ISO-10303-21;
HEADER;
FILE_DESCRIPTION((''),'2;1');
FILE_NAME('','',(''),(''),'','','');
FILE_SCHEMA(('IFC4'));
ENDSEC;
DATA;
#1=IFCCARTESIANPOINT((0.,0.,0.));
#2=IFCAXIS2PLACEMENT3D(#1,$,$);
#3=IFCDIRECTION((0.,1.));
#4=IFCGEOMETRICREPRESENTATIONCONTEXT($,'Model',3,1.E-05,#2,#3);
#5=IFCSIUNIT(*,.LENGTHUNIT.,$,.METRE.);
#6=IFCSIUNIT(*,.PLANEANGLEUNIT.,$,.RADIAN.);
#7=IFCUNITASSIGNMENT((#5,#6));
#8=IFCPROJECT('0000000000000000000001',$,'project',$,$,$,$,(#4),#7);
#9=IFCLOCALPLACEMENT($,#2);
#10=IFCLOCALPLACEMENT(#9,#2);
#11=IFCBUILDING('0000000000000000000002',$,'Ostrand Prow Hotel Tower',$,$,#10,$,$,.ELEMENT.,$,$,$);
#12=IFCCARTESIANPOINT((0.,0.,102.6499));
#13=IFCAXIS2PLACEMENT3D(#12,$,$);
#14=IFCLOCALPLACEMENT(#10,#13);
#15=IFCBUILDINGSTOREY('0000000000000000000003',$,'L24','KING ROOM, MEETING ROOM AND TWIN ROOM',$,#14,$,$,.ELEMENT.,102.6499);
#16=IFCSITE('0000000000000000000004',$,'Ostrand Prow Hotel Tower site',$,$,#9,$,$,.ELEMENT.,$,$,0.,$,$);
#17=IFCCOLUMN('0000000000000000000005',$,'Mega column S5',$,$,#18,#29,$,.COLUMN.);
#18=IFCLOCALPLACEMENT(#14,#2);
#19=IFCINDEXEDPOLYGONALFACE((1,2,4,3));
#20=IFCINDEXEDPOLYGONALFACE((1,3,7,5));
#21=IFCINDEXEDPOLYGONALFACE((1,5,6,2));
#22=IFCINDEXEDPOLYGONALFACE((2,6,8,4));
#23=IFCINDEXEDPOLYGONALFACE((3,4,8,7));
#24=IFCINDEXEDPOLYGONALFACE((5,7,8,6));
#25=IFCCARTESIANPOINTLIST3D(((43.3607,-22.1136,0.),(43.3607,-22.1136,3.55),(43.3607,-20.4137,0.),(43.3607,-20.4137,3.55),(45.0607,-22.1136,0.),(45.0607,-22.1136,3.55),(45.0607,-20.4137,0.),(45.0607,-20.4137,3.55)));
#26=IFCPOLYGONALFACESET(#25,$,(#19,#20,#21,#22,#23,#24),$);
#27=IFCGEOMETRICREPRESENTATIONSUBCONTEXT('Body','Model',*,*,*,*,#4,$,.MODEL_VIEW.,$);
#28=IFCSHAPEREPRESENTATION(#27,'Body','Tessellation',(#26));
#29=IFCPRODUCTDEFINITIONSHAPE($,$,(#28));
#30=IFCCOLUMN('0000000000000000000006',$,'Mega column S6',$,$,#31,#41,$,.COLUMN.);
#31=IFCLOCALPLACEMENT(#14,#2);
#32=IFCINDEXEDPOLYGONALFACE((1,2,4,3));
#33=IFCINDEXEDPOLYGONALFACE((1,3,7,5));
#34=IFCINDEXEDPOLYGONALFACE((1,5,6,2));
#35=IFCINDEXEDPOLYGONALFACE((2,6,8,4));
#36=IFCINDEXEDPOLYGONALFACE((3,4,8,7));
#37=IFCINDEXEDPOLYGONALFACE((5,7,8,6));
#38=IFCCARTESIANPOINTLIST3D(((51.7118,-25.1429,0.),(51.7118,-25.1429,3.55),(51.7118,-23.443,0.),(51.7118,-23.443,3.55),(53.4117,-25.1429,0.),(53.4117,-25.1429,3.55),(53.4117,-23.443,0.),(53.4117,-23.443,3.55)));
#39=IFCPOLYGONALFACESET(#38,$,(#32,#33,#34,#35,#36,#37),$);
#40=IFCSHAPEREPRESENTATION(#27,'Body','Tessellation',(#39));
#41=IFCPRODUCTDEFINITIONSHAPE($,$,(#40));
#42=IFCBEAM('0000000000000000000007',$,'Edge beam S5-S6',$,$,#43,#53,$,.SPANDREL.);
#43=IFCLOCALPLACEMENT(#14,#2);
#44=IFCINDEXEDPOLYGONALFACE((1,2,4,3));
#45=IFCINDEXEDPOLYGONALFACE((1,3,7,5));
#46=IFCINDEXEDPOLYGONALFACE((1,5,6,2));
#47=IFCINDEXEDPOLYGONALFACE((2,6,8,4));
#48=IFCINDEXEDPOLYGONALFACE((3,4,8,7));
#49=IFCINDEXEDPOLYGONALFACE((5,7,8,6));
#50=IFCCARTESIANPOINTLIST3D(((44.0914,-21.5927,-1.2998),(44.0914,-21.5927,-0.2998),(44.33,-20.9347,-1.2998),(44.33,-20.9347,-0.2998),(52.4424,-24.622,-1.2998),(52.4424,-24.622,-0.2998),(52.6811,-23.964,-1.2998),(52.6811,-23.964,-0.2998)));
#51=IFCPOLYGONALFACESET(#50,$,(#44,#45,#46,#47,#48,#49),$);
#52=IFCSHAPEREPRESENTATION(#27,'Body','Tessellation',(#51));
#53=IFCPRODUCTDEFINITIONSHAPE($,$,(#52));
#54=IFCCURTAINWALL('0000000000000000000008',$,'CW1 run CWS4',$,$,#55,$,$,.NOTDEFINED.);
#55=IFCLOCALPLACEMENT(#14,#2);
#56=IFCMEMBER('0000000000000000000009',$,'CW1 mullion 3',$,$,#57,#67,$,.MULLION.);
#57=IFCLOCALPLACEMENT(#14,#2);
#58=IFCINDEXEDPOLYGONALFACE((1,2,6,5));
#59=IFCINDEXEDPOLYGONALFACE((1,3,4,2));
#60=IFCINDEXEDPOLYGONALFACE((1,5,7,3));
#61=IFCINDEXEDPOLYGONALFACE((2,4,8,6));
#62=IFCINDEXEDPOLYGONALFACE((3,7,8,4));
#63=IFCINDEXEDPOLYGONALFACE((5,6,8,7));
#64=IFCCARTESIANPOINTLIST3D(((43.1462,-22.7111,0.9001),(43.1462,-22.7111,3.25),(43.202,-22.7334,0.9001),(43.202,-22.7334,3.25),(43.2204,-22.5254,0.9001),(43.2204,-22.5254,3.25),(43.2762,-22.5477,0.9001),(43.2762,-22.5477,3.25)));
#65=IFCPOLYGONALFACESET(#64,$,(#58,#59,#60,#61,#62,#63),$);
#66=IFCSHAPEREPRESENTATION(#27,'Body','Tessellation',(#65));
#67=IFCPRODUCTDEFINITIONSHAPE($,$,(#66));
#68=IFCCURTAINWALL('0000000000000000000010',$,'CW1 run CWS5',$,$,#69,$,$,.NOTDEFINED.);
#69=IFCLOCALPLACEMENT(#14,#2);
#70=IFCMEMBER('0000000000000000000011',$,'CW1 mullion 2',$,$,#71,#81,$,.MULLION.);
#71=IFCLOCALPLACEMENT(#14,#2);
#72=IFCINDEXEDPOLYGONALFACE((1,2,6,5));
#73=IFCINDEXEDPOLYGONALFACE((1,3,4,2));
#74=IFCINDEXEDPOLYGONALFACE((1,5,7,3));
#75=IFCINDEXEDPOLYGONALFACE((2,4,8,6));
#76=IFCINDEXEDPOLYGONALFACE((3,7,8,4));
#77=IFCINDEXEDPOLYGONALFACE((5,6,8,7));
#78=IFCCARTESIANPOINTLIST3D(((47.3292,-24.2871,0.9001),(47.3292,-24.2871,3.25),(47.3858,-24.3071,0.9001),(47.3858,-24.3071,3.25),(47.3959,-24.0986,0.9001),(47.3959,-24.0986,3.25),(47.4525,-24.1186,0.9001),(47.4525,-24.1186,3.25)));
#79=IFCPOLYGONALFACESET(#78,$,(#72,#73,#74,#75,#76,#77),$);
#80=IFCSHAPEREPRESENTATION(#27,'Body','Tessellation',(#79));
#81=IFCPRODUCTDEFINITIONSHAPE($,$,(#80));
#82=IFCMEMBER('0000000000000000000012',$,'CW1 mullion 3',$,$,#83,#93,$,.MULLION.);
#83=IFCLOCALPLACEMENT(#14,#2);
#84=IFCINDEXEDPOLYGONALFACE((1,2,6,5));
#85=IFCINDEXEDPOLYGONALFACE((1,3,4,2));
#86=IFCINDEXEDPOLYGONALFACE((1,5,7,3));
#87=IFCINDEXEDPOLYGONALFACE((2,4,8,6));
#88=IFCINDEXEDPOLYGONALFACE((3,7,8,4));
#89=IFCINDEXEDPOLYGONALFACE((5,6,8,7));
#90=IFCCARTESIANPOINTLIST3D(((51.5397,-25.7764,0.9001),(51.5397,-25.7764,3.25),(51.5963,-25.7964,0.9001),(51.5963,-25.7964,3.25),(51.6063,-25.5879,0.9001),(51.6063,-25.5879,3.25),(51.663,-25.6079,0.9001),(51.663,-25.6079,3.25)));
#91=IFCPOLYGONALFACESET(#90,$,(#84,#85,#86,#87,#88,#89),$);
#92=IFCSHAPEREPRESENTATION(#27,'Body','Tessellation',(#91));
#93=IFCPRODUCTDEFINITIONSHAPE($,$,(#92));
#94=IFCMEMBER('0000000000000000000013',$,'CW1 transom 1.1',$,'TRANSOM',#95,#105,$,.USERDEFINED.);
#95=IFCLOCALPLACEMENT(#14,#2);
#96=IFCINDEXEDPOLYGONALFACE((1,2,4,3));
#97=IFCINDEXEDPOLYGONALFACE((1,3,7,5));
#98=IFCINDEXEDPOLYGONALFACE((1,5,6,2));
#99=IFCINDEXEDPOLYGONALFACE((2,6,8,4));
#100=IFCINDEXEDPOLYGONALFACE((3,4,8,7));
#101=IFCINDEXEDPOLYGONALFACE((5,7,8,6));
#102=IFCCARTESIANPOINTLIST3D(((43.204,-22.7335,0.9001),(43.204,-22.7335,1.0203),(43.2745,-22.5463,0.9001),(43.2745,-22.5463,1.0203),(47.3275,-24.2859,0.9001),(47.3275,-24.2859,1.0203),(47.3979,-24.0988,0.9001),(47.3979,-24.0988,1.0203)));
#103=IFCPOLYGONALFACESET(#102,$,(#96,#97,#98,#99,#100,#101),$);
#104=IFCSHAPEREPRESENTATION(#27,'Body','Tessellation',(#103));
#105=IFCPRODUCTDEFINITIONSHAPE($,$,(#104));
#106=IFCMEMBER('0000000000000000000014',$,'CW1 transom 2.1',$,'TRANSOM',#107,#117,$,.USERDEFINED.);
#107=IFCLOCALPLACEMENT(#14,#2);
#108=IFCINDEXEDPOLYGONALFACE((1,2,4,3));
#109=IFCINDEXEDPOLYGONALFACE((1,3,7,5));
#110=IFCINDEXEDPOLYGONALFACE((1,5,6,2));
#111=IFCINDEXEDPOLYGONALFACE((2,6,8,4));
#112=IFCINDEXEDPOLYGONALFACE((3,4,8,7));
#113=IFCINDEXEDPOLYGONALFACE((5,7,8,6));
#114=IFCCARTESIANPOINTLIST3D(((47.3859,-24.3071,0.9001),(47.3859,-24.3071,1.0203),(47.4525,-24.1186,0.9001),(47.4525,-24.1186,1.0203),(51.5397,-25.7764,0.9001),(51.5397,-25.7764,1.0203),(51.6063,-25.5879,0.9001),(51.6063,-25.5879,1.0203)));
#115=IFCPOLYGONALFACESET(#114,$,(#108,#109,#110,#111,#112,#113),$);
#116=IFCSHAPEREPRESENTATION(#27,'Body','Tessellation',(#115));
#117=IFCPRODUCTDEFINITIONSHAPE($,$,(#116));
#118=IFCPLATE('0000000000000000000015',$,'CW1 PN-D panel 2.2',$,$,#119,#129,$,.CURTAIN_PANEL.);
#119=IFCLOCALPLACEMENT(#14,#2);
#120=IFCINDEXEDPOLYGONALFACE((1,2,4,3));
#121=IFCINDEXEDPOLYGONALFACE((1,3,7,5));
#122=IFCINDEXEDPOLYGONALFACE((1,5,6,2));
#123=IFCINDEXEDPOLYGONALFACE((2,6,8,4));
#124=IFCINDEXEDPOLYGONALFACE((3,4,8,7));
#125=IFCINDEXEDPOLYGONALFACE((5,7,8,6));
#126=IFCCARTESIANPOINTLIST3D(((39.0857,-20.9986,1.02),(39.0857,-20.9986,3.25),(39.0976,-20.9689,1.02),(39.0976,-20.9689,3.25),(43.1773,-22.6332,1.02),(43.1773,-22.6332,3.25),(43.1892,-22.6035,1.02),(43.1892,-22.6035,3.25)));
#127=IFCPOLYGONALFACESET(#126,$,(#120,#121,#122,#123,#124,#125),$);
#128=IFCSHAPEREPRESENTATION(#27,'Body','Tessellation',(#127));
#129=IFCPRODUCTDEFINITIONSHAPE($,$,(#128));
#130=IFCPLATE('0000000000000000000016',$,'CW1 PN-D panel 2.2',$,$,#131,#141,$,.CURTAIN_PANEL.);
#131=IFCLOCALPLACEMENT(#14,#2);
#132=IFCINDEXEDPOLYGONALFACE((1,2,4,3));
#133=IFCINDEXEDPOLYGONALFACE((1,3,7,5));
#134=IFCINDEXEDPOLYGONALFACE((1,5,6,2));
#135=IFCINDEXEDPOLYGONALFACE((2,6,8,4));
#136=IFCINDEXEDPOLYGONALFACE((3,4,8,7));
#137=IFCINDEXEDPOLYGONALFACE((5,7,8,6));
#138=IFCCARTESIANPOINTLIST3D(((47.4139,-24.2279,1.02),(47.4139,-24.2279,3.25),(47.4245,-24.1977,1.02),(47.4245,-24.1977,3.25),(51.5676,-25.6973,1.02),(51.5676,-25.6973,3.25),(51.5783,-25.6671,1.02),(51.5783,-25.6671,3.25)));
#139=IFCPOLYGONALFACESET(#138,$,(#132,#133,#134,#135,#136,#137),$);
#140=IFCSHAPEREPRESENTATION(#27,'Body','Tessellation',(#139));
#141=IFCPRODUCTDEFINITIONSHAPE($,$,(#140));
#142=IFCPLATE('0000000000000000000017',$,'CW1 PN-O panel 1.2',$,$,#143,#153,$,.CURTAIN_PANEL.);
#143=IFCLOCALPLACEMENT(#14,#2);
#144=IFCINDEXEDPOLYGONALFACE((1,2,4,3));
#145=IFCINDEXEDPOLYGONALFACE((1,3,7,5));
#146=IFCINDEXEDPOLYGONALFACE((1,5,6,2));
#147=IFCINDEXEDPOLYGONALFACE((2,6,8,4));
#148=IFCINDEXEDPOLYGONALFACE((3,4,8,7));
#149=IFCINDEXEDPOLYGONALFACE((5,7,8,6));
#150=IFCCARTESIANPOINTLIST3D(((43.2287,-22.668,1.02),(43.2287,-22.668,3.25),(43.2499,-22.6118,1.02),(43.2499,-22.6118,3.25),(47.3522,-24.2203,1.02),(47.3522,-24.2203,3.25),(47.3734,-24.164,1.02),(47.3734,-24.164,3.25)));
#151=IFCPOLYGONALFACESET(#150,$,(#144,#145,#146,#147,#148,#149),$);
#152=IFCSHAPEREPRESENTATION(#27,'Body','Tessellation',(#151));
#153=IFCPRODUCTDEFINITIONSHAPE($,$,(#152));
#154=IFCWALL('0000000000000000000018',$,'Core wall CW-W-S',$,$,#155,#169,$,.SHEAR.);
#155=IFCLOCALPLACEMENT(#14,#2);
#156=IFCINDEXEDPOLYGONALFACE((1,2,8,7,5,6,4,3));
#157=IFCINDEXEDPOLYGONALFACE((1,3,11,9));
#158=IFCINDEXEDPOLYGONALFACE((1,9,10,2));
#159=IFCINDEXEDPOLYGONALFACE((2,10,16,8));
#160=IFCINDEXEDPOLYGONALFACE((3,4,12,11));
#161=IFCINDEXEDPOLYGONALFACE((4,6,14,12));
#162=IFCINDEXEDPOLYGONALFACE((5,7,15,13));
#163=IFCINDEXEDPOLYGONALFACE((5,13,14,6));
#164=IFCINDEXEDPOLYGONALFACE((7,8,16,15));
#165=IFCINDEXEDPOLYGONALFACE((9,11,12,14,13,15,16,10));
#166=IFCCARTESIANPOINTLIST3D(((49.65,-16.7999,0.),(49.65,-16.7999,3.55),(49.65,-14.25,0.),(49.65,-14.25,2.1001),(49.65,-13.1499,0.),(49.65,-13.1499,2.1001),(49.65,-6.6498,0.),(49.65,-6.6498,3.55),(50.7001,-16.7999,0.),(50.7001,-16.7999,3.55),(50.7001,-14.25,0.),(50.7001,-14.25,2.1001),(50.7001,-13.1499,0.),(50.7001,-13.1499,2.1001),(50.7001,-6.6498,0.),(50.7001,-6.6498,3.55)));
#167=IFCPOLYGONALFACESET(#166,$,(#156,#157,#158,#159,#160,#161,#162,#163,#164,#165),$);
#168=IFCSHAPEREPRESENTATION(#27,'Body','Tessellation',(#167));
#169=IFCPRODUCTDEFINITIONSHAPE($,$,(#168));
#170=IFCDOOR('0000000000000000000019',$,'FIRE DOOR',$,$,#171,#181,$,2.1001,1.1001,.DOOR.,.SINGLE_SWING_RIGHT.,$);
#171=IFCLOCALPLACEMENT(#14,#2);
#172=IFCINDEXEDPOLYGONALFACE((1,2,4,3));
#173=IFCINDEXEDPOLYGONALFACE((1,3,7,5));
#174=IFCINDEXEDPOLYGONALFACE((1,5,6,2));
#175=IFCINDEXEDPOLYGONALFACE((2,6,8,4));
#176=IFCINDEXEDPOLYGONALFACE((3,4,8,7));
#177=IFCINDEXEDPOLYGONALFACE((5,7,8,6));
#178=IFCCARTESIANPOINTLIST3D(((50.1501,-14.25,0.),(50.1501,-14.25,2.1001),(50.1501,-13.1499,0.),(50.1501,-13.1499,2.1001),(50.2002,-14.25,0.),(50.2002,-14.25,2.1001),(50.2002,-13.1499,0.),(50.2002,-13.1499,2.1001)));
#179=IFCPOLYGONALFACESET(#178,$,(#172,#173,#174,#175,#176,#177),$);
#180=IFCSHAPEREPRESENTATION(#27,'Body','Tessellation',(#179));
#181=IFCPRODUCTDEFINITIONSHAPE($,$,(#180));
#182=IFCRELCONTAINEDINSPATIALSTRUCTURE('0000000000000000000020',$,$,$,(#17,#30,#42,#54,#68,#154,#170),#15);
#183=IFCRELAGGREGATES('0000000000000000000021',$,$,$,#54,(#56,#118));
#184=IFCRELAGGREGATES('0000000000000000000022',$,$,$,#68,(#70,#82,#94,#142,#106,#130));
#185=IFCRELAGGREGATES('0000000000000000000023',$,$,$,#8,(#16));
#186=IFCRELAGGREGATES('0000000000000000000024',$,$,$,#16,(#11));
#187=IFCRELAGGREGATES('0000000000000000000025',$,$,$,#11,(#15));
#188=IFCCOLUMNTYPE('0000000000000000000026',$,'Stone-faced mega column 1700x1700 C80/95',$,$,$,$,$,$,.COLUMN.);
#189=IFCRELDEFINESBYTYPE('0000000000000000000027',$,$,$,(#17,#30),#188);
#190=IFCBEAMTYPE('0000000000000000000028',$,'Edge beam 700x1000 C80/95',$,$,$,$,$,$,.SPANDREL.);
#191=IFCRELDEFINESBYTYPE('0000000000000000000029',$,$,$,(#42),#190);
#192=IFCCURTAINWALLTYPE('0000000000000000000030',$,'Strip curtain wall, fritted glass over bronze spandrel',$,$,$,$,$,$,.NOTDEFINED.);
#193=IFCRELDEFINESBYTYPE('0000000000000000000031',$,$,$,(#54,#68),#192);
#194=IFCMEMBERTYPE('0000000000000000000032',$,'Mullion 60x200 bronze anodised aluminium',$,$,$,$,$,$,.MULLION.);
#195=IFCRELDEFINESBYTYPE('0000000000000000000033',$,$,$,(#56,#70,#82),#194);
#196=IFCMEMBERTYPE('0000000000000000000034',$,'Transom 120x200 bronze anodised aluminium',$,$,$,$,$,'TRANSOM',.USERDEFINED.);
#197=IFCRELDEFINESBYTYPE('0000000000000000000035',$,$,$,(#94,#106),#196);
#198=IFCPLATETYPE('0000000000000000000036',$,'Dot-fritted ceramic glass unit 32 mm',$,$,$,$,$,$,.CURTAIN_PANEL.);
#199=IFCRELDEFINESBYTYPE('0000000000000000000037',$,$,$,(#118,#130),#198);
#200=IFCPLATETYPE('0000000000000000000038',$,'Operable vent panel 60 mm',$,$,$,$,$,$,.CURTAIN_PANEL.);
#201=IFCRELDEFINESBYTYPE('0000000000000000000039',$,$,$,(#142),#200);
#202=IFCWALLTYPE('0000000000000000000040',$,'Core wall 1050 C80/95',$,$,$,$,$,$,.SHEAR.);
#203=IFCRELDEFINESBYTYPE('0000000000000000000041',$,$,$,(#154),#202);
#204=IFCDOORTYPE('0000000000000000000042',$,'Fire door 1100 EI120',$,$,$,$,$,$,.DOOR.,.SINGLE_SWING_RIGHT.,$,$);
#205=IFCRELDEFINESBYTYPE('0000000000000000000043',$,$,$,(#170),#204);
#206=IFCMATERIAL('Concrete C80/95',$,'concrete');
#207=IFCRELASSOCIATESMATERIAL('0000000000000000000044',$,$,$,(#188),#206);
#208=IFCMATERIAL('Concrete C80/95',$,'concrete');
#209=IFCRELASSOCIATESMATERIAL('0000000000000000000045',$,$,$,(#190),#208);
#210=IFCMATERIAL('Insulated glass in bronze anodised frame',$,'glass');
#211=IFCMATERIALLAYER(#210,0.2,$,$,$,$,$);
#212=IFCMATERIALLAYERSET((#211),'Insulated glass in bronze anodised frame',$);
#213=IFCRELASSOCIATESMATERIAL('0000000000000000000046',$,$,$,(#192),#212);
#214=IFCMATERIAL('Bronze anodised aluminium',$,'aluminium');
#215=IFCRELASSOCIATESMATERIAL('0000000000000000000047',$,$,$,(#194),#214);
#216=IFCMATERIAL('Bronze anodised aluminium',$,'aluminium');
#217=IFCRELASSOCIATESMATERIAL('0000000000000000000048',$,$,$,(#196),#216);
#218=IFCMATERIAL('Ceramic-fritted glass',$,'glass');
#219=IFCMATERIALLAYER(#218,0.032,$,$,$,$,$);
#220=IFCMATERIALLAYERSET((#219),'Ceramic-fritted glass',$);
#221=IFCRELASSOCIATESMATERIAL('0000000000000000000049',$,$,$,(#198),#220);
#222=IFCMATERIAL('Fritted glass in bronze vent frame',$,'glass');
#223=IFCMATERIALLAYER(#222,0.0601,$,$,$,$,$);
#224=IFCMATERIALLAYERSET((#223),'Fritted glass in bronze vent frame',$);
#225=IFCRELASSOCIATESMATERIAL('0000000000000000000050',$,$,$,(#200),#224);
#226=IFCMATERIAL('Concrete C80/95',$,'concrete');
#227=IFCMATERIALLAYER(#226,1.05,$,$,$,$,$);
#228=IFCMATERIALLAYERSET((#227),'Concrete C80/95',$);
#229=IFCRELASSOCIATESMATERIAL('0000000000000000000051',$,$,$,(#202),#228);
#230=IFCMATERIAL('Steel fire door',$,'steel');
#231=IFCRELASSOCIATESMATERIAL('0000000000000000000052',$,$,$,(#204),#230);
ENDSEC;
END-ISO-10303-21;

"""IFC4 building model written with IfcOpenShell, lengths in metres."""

from ifc_helpers import new_model, si_unit, direction, frame, frame_2d, origin, origin_2d, place, context, subcontext, project, spatial, rectangle, extrude, material, layer, layer_set, material_profile, profile_set, type_object, element, fill, aggregate, save


model = new_model("IFC4")

# Units and contexts
model_context = context("Model", 3, precision=1e-05, world=origin(), true_north=direction((0.0, 1.0)))
body_context = subcontext(model_context, "Body", "Model", "MODEL_VIEW")
ifc_project = project(units=[si_unit("LENGTHUNIT", "METRE"), si_unit("PLANEANGLEUNIT", "RADIAN")], contexts=[model_context])

# Site, building, storey
site_placement = place(None, origin())
site = spatial("IfcSite", under=ifc_project, at=site_placement, Name="Ostrand Prow Hotel Tower site", CompositionType="ELEMENT", RefElevation=0.0)
building_placement = place(site_placement, origin())
building = spatial("IfcBuilding", under=site, at=building_placement, Name="Ostrand Prow Hotel Tower", CompositionType="ELEMENT")
storey_placement = place(building_placement, frame((0.0, 0.0, 102.6499)))
storey = spatial("IfcBuildingStorey", under=building, at=storey_placement, Name="L24", Description="KING ROOM, MEETING ROOM AND TWIN ROOM", CompositionType="ELEMENT", Elevation=102.6499)

# Columns
ifc_material_1 = material(Name="Concrete C80/95", Category="concrete")
ifc_material_profile_1 = material_profile(ifc_material_1, rectangle(XDim=1.7, YDim=1.7, at=origin_2d()), Name="RC 1700x1700")
ifc_profile_set_1 = profile_set([ifc_material_profile_1], Name="Concrete C80/95")
column_type = type_object("IfcColumnType", Name="Stone-faced mega column 1700x1700 C80/95", PredefinedType="COLUMN", material=ifc_profile_set_1)
for number, where, z_axis, x_axis, name in (
    (1, (44.2107, -21.2637, 0.0), (0.0, 0.0, 1.0), (1.0, 0.0, 0.0), "Mega column S5"),
    (2, (52.5618, -24.293, 0.0), (0.0, 0.0, 1.0), (1.0, 0.0, 0.0), "Mega column S6"),
):
    element("IfcColumn", number, at=place(storey_placement, frame(where, z_axis=z_axis, x_axis=x_axis)), inside=storey, type_object=column_type, Name=name, PredefinedType="COLUMN", context=body_context, shape_type="SweptSolid", body=[
        extrude(rectangle(XDim=1.7, YDim=1.7, at=origin_2d()), origin(), (0.0, 0.0, 1.0), 3.55),
    ])

# Beam
ifc_material_2 = material(Name="Concrete C80/95", Category="concrete")
ifc_material_profile_2 = material_profile(ifc_material_2, rectangle(XDim=0.7, YDim=1.0, at=origin_2d()), Name="RC 700x1000")
ifc_profile_set_2 = profile_set([ifc_material_profile_2], Name="Concrete C80/95")
beam_type = type_object("IfcBeamType", Name="Edge beam 700x1000 C80/95", PredefinedType="SPANDREL", material=ifc_profile_set_2)
beam_placement = place(storey_placement, frame((44.2107, -21.2637, -0.7998), z_axis=(0.940063, -0.341002, 0.0), x_axis=(0.341002, 0.940063, 0.0)))
element("IfcBeam", 3, at=beam_placement, inside=storey, type_object=beam_type, Name="Edge beam S5-S6", PredefinedType="SPANDREL", context=body_context, shape_type="SweptSolid", body=[
    extrude(rectangle(XDim=0.7, YDim=1.0, at=origin_2d()), origin(), (0.0, 0.0, 1.0), 8.8835),
])

# Curtain wall, member
ifc_material_3 = material(Name="Insulated glass in bronze anodised frame", Category="glass")
ifc_layer_1 = layer(ifc_material_3, 0.2)
ifc_layer_set_1 = layer_set([ifc_layer_1], Name="Insulated glass in bronze anodised frame")
curtain_wall_type = type_object("IfcCurtainWallType", Name="Strip curtain wall, fritted glass over bronze spandrel", PredefinedType="NOTDEFINED", material=ifc_layer_set_1)
curtain_wall_1_placement = place(storey_placement, origin())
curtain_wall_1 = element("IfcCurtainWall", 4, at=curtain_wall_1_placement, inside=storey, type_object=curtain_wall_type, Name="CW1 run CWS4", PredefinedType="NOTDEFINED")
ifc_material_4 = material(Name="Bronze anodised aluminium", Category="aluminium")
ifc_material_profile_3 = material_profile(ifc_material_4, rectangle(XDim=0.2, YDim=0.0601, at=origin_2d()), Name="Mullion 60x200 bronze anodised aluminium")
ifc_profile_set_3 = profile_set([ifc_material_profile_3], Name="Bronze anodised aluminium")
member_type_1 = type_object("IfcMemberType", Name="Mullion 60x200 bronze anodised aluminium", PredefinedType="MULLION", material=ifc_profile_set_3)
member_1_placement = place(storey_placement, frame((43.2112, -22.6294, 0.9001), z_axis=(0.0, 0.0, 1.0), x_axis=(0.370982, 0.92864, 0.0)))
member_1 = element("IfcMember", 5, at=member_1_placement, type_object=member_type_1, Name="CW1 mullion 3", PredefinedType="MULLION", context=body_context, shape_type="SweptSolid", body=[
    extrude(rectangle(XDim=0.2, YDim=0.0601, at=origin_2d()), origin(), (0.0, 0.0, 1.0), 2.3499),
])

# Curtain wall, members
curtain_wall_2_placement = place(storey_placement, origin())
curtain_wall_2 = element("IfcCurtainWall", 6, at=curtain_wall_2_placement, inside=storey, type_object=curtain_wall_type, Name="CW1 run CWS5", PredefinedType="NOTDEFINED")
member_2_placement = place(storey_placement, frame((47.3909, -24.2029, 0.9001), z_axis=(0.0, 0.0, 1.0), x_axis=(0.333496, 0.942752, 0.0)))
member_2 = element("IfcMember", 7, at=member_2_placement, type_object=member_type_1, Name="CW1 mullion 2", PredefinedType="MULLION", context=body_context, shape_type="SweptSolid", body=[
    extrude(rectangle(XDim=0.2, YDim=0.0601, at=origin_2d()), origin(), (0.0, 0.0, 1.0), 2.3499),
])
member_3_placement = place(storey_placement, frame((51.6013, -25.6921, 0.9001), z_axis=(0.0, 0.0, 1.0), x_axis=(0.333496, 0.942752, 0.0)))
member_3 = element("IfcMember", 8, at=member_3_placement, type_object=member_type_1, Name="CW1 mullion 3", PredefinedType="MULLION", context=body_context, shape_type="SweptSolid", body=[
    extrude(rectangle(XDim=0.2, YDim=0.0601, at=origin_2d()), origin(), (0.0, 0.0, 1.0), 2.3499),
])
ifc_material_5 = material(Name="Bronze anodised aluminium", Category="aluminium")
ifc_material_profile_4 = material_profile(ifc_material_5, rectangle(XDim=0.2, YDim=0.1201, at=origin_2d()), Name="Transom 120x200 bronze anodised aluminium")
ifc_profile_set_4 = profile_set([ifc_material_profile_4], Name="Bronze anodised aluminium")
member_type_2 = type_object("IfcMemberType", Name="Transom 120x200 bronze anodised aluminium", ElementType="TRANSOM", PredefinedType="USERDEFINED", material=ifc_profile_set_4)
member_4_placement = place(storey_placement, frame((43.2393, -22.6399, 0.9602), z_axis=(0.935868, -0.35235, 0.0), x_axis=(0.35235, 0.935868, 0.0)))
member_4 = element("IfcMember", 9, at=member_4_placement, type_object=member_type_2, Name="CW1 transom 1.1", ObjectType="TRANSOM", PredefinedType="USERDEFINED", context=body_context, shape_type="SweptSolid", body=[
    extrude(rectangle(XDim=0.2, YDim=0.1201, at=origin_2d()), origin(), (0.0, 0.0, 1.0), 4.406),
])
member_5_placement = place(storey_placement, frame((47.4192, -24.2129, 0.9602), z_axis=(0.942763, -0.333463, 0.0), x_axis=(0.333463, 0.942763, 0.0)))
member_5 = element("IfcMember", 10, at=member_5_placement, type_object=member_type_2, Name="CW1 transom 2.1", ObjectType="TRANSOM", PredefinedType="USERDEFINED", context=body_context, shape_type="SweptSolid", body=[
    extrude(rectangle(XDim=0.2, YDim=0.1201, at=origin_2d()), origin(), (0.0, 0.0, 1.0), 4.406),
])

# Plates
ifc_material_6 = material(Name="Ceramic-fritted glass", Category="glass")
ifc_layer_2 = layer(ifc_material_6, 0.032)
ifc_layer_set_2 = layer_set([ifc_layer_2], Name="Ceramic-fritted glass")
plate_type_1 = type_object("IfcPlateType", Name="Dot-fritted ceramic glass unit 32 mm", PredefinedType="CURTAIN_PANEL", material=ifc_layer_set_2)
plate_1_placement = place(storey_placement, frame((41.1375, -21.801, 1.02), z_axis=(0.0, 0.0, 1.0), x_axis=(0.92864, -0.370982, 0.0)))
plate_1 = element("IfcPlate", 11, at=plate_1_placement, type_object=plate_type_1, Name="CW1 PN-D panel 2.2", PredefinedType="CURTAIN_PANEL", context=body_context, shape_type="SweptSolid", body=[
    extrude(rectangle(XDim=4.406, YDim=0.032, at=origin_2d()), origin(), (0.0, 0.0, 1.0), 2.23),
])
aggregate(curtain_wall_1, [member_1, plate_1])
plate_2_placement = place(storey_placement, frame((49.4961, -24.9475, 1.02), z_axis=(0.0, 0.0, 1.0), x_axis=(0.942752, -0.333496, 0.0)))
plate_2 = element("IfcPlate", 12, at=plate_2_placement, type_object=plate_type_1, Name="CW1 PN-D panel 2.2", PredefinedType="CURTAIN_PANEL", context=body_context, shape_type="SweptSolid", body=[
    extrude(rectangle(XDim=4.406, YDim=0.032, at=origin_2d()), origin(), (0.0, 0.0, 1.0), 2.23),
])
ifc_material_7 = material(Name="Fritted glass in bronze vent frame", Category="glass")
ifc_layer_3 = layer(ifc_material_7, 0.0601)
ifc_layer_set_3 = layer_set([ifc_layer_3], Name="Fritted glass in bronze vent frame")
plate_type_2 = type_object("IfcPlateType", Name="Operable vent panel 60 mm", PredefinedType="CURTAIN_PANEL", material=ifc_layer_set_3)
plate_3_placement = place(storey_placement, frame((45.301, -23.416, 1.02), z_axis=(0.0, 0.0, 1.0), x_axis=(0.935884, -0.352309, 0.0)))
plate_3 = element("IfcPlate", 13, at=plate_3_placement, type_object=plate_type_2, Name="CW1 PN-O panel 1.2", PredefinedType="CURTAIN_PANEL", context=body_context, shape_type="SweptSolid", body=[
    extrude(rectangle(XDim=4.406, YDim=0.0601, at=origin_2d()), origin(), (0.0, 0.0, 1.0), 2.23),
])
aggregate(curtain_wall_2, [member_2, member_3, member_4, plate_3, member_5, plate_2])

# Wall, opening, door
ifc_material_8 = material(Name="Concrete C80/95", Category="concrete")
ifc_layer_4 = layer(ifc_material_8, 1.05)
ifc_layer_set_4 = layer_set([ifc_layer_4], Name="Concrete C80/95")
wall_type_1 = type_object("IfcWallType", Name="Core wall 1050 C80/95", PredefinedType="SHEAR", material=ifc_layer_set_4)
wall_1_placement = place(storey_placement, frame((50.175, -16.8, 0.0), z_axis=(0.0, 0.0, 1.0), x_axis=(0.0, 1.0, 0.0)))
wall_1 = element("IfcWall", 14, at=wall_1_placement, inside=storey, type_object=wall_type_1, Name="Core wall CW-W-S", PredefinedType="SHEAR", context=body_context, shape_type="SweptSolid", body=[
    extrude(rectangle(XDim=10.1501, YDim=1.05, at=frame_2d((5.0752, 0.0))), origin(), (0.0, 0.0, 1.0), 3.55),
])
opening_1_placement = place(wall_1_placement, frame((2.55, 0.0, 0.0)))
opening_1 = element("IfcOpeningElement", 15, at=opening_1_placement, cuts=wall_1, PredefinedType="OPENING", context=body_context, shape_type="SweptSolid", body=[
    extrude(rectangle(XDim=1.1001, YDim=2.1001, at=frame_2d((0.55, 1.05))), frame((0.0, 0.5349, 0.0), z_axis=(0.0, -1.0, 0.0), x_axis=(1.0, 0.0, 0.0)), (0.0, 0.0, 1.0), 1.0701),
])
ifc_material_9 = material(Name="Steel fire door", Category="steel")
door_type_1 = type_object("IfcDoorType", Name="Fire door 1100 EI120", OperationType="SINGLE_SWING_RIGHT", PredefinedType="DOOR", material=ifc_material_9)
door_1_placement = place(opening_1_placement, origin())
door_1 = element("IfcDoor", 16, at=door_1_placement, inside=storey, type_object=door_type_1, Name="FIRE DOOR", OperationType="SINGLE_SWING_RIGHT", OverallHeight=2.1001, OverallWidth=1.1001, PredefinedType="DOOR", context=body_context, shape_type="SweptSolid", body=[
    extrude(rectangle(XDim=1.1001, YDim=2.1001, at=frame_2d((0.55, 1.05))), frame((0.0, 0.0249, 0.0), z_axis=(0.0, -1.0, 0.0), x_axis=(1.0, 0.0, 0.0)), (0.0, 0.0, 1.0), 0.05),
])
fill(opening_1, door_1)

save(model, "model.ifc")
